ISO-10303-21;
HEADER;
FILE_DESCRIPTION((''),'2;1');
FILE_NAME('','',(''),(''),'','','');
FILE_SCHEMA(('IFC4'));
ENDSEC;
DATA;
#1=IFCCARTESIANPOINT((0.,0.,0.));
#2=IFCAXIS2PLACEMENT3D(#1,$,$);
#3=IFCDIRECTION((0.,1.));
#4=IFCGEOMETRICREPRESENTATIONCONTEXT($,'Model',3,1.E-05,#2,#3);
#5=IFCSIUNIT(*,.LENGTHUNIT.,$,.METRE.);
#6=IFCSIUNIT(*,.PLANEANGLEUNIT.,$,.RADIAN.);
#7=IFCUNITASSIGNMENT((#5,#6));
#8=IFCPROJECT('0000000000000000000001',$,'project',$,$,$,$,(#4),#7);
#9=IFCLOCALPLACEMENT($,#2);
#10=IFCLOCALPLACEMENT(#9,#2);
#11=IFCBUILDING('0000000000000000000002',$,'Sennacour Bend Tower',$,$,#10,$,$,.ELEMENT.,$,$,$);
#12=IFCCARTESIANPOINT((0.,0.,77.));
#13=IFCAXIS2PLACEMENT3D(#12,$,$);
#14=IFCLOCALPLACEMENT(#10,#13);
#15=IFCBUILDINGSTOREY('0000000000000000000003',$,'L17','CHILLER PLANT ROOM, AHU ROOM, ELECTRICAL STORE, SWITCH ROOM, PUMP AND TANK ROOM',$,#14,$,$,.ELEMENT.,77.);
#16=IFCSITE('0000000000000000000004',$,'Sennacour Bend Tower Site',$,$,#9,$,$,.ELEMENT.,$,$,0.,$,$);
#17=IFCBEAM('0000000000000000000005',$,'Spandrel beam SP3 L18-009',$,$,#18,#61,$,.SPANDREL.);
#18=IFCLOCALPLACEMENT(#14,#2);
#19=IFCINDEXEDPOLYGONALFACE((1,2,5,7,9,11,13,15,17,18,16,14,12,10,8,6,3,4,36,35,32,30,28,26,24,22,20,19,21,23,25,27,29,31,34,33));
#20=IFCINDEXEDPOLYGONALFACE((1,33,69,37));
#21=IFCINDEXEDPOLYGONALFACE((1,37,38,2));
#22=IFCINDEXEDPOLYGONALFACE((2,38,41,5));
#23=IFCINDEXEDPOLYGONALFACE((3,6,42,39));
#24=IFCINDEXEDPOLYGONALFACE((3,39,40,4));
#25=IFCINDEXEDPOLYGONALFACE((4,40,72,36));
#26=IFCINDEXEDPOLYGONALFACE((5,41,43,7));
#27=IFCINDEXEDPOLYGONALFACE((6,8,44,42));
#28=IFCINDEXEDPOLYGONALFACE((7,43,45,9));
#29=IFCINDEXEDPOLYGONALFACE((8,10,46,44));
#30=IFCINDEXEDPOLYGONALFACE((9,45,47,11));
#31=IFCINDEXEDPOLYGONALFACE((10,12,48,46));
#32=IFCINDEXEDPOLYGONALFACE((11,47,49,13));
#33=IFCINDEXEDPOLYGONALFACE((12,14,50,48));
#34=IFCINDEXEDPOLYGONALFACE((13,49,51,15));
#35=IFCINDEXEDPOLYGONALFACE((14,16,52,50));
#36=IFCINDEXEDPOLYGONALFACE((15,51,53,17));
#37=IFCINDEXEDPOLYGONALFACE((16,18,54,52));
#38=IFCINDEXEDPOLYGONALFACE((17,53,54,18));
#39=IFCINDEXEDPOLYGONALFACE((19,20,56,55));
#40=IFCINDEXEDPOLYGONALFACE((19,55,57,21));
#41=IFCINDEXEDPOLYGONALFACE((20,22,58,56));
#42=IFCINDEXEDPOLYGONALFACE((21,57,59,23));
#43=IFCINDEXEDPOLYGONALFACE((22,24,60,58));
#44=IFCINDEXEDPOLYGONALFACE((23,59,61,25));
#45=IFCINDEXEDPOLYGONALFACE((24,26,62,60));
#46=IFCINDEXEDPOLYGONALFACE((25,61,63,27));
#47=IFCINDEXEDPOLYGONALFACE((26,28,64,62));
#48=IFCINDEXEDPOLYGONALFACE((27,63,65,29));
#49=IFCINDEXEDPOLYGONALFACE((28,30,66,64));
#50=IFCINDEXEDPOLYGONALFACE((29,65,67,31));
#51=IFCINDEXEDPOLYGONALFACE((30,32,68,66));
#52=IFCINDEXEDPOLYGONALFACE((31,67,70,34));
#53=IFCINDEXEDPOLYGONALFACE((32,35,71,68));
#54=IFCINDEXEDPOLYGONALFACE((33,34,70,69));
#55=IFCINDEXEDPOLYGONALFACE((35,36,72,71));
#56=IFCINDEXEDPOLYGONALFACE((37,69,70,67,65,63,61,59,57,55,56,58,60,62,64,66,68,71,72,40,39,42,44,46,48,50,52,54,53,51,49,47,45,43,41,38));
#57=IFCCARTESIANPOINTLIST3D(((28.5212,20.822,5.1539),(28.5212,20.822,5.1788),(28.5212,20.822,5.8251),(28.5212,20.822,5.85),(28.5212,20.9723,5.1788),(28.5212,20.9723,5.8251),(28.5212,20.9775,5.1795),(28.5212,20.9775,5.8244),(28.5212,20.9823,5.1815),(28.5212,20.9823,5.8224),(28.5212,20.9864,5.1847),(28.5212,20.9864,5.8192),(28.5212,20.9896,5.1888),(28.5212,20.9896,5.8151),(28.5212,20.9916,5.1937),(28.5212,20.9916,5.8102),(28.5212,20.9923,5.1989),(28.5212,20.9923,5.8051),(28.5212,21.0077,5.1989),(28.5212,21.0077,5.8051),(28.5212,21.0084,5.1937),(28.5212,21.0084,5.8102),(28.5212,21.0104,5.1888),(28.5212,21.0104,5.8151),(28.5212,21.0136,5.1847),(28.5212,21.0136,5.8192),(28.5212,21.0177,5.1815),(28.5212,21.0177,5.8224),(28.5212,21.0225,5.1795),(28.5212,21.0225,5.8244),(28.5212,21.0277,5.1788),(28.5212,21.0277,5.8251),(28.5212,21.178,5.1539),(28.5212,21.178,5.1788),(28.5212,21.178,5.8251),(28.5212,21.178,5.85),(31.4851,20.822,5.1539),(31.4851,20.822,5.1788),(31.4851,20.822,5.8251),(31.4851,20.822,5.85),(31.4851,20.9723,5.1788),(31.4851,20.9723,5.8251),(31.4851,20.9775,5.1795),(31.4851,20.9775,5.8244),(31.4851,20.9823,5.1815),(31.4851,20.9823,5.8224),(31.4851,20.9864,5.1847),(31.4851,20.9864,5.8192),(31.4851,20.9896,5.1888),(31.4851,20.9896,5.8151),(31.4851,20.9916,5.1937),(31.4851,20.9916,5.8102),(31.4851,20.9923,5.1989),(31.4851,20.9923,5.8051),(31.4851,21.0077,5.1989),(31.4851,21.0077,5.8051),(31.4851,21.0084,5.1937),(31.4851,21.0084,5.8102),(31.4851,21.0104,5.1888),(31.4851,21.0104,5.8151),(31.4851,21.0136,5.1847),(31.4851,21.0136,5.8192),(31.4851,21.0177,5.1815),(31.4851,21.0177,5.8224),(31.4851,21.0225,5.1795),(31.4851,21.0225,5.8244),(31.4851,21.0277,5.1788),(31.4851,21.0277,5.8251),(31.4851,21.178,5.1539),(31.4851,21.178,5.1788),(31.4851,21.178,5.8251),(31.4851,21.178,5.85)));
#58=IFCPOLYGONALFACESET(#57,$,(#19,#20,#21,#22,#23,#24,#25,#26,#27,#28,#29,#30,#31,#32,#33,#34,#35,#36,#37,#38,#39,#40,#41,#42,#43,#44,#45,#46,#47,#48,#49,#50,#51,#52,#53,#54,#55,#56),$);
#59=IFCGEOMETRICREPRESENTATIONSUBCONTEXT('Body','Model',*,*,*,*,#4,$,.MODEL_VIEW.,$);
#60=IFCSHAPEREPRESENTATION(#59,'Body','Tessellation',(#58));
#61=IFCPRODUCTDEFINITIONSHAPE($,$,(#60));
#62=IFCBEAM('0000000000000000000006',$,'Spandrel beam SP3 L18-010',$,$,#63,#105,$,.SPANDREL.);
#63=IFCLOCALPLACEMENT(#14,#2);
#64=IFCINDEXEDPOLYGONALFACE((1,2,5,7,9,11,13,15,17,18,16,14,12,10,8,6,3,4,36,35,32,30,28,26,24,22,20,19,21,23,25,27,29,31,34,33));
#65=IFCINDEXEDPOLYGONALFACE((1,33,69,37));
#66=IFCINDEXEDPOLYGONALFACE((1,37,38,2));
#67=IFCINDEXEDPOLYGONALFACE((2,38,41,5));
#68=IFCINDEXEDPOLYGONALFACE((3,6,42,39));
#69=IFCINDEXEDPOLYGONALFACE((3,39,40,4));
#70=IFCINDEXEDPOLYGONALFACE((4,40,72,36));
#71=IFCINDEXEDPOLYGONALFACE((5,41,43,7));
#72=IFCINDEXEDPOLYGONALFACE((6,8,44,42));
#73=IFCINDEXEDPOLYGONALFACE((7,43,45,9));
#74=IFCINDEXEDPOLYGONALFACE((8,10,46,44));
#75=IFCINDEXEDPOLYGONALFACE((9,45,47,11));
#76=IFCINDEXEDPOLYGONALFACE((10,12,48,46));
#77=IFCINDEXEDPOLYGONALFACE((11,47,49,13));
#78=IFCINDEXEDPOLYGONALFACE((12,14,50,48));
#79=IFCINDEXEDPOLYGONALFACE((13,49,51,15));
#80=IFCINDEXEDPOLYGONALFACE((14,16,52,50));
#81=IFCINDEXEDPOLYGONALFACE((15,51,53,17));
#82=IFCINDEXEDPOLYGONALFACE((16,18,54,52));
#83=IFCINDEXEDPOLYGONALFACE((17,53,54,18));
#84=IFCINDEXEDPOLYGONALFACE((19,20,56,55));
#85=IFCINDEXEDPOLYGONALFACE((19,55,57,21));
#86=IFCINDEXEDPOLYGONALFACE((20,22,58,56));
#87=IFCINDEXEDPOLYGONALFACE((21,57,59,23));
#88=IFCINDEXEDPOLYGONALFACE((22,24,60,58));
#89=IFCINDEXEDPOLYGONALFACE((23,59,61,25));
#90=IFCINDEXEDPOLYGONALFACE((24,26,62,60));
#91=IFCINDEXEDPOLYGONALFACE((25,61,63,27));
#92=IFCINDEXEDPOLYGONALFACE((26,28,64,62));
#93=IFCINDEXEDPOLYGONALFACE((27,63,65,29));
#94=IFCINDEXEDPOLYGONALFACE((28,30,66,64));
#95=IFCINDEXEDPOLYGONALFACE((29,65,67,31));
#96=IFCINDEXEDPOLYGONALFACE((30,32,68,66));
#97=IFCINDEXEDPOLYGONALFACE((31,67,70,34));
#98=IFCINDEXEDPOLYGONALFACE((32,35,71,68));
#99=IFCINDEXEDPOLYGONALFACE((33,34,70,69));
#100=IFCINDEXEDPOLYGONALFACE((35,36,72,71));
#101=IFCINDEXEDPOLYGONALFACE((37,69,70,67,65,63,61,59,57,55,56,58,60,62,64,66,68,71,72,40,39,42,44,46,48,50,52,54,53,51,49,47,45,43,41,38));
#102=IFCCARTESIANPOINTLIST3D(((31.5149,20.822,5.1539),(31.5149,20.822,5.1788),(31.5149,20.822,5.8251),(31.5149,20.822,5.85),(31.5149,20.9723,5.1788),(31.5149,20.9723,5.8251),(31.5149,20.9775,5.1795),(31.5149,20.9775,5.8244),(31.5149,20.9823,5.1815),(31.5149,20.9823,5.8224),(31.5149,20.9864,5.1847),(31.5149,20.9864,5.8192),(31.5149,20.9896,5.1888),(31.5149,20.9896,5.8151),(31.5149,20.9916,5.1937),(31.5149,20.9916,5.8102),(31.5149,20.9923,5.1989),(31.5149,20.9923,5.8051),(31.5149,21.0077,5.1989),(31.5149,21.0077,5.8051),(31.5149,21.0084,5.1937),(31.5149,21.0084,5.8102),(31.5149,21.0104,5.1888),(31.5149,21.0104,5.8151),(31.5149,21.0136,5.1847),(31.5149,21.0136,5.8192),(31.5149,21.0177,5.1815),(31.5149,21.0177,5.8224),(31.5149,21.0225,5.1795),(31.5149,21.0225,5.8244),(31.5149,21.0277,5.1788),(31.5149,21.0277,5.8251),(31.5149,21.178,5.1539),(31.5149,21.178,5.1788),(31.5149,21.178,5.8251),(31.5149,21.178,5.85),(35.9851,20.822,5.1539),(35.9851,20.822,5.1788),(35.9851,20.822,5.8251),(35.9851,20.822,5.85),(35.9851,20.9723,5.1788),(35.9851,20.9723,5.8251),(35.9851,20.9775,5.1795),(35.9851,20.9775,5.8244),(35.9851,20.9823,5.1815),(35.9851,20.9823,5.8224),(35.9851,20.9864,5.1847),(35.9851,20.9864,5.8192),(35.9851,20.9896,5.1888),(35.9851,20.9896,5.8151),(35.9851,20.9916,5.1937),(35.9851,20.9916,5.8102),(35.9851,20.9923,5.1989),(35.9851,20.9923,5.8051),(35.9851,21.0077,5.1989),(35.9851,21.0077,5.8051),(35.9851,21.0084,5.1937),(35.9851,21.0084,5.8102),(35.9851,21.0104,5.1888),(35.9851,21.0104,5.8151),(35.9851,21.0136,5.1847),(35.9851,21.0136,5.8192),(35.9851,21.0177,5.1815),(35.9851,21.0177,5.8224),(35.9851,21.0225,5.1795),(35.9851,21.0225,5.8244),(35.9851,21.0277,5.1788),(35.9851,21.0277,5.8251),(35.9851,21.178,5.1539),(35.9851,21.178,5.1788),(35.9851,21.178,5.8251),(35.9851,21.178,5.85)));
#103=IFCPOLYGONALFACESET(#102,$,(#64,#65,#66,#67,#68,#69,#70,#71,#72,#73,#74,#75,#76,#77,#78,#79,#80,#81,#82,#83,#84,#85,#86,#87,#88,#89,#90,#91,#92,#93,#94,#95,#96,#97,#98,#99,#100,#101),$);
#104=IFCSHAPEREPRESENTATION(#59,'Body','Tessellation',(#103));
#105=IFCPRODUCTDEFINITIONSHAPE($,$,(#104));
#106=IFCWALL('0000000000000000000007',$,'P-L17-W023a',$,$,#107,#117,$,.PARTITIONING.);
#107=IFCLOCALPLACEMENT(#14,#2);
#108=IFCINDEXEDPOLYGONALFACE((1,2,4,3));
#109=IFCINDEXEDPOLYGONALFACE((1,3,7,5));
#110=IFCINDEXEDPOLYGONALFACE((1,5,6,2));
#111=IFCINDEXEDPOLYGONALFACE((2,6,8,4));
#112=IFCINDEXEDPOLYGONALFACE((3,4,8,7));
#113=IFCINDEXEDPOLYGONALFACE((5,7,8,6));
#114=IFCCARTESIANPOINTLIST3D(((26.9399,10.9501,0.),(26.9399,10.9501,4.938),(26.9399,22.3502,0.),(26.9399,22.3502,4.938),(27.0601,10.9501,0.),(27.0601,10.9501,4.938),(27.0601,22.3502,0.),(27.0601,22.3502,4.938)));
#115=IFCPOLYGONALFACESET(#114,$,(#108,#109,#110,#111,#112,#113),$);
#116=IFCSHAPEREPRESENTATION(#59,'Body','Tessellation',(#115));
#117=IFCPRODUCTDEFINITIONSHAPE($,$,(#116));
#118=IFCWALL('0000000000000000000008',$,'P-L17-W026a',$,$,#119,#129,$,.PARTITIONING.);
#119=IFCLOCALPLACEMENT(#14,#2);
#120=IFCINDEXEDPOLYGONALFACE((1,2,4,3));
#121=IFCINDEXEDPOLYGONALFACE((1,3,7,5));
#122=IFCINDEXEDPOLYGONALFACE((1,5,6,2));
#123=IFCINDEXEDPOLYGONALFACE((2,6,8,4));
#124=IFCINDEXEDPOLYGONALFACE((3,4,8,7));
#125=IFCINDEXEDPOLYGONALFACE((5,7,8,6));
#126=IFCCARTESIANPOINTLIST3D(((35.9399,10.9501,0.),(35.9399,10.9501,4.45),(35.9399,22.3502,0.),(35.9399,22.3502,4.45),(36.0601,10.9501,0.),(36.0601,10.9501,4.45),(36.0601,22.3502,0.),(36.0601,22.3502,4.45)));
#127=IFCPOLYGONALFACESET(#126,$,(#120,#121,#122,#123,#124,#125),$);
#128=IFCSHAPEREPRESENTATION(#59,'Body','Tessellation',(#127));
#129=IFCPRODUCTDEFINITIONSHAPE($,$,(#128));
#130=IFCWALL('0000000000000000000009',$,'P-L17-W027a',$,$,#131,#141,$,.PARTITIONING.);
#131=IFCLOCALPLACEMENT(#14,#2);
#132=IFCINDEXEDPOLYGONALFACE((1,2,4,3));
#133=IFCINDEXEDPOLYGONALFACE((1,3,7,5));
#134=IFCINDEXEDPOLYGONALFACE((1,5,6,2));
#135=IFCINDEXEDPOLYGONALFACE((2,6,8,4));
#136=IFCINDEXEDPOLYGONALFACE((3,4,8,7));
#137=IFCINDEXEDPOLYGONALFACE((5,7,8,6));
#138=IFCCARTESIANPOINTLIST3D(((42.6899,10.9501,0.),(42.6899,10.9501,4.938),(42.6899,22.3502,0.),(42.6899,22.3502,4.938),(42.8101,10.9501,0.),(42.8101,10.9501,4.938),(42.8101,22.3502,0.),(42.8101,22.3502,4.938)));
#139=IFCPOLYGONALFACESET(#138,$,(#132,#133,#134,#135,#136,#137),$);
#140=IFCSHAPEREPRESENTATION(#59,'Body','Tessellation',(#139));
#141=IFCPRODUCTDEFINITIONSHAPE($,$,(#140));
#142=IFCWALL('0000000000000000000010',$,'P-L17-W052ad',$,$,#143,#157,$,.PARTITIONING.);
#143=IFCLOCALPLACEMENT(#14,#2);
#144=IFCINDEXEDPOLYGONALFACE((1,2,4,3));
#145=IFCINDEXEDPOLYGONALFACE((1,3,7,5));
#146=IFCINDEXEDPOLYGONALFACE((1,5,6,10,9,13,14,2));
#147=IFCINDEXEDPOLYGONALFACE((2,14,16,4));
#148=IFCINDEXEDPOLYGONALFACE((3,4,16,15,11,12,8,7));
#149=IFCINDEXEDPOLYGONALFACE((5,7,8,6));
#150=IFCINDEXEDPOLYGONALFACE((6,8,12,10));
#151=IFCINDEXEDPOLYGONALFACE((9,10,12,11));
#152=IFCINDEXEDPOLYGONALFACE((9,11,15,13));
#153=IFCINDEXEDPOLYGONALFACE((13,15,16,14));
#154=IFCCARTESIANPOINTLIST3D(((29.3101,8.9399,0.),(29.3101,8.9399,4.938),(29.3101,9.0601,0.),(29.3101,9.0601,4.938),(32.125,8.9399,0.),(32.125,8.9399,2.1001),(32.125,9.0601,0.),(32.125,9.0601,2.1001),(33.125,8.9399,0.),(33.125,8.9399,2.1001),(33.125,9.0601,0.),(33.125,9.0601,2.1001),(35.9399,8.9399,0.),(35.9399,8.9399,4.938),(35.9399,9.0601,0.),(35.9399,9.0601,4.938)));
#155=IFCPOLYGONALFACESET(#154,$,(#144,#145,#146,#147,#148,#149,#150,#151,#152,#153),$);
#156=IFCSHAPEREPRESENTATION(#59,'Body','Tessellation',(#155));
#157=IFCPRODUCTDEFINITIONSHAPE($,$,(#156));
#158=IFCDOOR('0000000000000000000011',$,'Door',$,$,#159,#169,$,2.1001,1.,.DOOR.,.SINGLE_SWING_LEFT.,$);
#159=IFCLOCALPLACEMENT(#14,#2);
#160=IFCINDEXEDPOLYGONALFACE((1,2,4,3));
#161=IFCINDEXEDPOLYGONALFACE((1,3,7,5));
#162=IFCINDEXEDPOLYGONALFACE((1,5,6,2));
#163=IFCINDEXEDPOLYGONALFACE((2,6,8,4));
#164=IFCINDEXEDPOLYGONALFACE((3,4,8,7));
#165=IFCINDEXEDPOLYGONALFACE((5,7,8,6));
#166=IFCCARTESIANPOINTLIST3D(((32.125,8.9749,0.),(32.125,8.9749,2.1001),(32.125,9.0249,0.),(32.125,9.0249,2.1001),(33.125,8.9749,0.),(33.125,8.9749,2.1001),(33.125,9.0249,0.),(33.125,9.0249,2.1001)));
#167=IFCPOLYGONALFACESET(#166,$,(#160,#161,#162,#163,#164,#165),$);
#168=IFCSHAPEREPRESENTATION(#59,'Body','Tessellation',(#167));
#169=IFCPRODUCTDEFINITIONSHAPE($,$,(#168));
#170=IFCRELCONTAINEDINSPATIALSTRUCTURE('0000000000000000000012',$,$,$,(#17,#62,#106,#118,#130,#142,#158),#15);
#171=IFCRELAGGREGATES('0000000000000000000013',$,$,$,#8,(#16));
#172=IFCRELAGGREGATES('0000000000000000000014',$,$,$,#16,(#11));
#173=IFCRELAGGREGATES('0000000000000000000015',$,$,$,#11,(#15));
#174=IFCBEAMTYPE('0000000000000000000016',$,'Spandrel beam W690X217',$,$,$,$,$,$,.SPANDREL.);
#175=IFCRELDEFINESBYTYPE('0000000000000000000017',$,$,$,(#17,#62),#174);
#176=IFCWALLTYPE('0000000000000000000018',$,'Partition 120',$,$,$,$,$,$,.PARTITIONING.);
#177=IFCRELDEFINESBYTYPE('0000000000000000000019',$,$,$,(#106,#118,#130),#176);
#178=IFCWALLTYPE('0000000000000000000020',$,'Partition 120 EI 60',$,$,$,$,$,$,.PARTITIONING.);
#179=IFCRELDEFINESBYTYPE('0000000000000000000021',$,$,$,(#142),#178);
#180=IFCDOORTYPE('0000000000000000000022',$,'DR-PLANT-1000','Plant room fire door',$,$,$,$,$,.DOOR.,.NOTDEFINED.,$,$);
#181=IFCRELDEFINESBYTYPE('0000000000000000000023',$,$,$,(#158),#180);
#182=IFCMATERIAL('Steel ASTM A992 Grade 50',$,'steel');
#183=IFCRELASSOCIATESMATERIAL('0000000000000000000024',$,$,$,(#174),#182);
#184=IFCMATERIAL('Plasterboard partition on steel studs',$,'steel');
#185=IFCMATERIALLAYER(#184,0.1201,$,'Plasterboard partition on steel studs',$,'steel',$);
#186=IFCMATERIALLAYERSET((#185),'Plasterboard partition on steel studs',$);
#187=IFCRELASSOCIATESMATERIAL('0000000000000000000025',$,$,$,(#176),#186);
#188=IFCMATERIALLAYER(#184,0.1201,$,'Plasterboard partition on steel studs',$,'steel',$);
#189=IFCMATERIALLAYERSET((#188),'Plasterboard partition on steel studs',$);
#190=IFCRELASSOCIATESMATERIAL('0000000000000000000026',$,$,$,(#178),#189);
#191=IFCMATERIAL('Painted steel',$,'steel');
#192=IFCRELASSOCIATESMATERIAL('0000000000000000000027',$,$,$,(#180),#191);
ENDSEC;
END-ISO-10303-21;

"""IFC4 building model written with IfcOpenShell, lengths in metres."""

from ifc_helpers import new_model, si_unit, direction, frame, frame_2d, origin, origin_2d, place, context, subcontext, project, spatial, rectangle, i_section, extrude, material, layer, layer_set, material_profile, profile_set, type_object, element, fill, save


model = new_model("IFC4")

# Units and contexts
model_context = context("Model", 3, precision=1e-05, world=origin(), true_north=direction((0.0, 1.0)))
body_context = subcontext(model_context, "Body", "Model", "MODEL_VIEW")
ifc_project = project(units=[si_unit("LENGTHUNIT", "METRE"), si_unit("PLANEANGLEUNIT", "RADIAN")], contexts=[model_context])

# Site, building, storey
site_placement = place(None, origin())
site = spatial("IfcSite", under=ifc_project, at=site_placement, Name="Sennacour Bend Tower Site", CompositionType="ELEMENT", RefElevation=0.0)
building_placement = place(site_placement, origin())
building = spatial("IfcBuilding", under=site, at=building_placement, Name="Sennacour Bend Tower", CompositionType="ELEMENT")
storey_placement = place(building_placement, frame((0.0, 0.0, 77.0)))
storey = spatial("IfcBuildingStorey", under=building, at=storey_placement, Name="L17", Description="CHILLER PLANT ROOM, AHU ROOM, ELECTRICAL STORE, SWITCH ROOM, PUMP AND TANK ROOM", CompositionType="ELEMENT", Elevation=77.0)

# Beams
ifc_material_1 = material(Name="Steel ASTM A992 Grade 50", Category="steel")
ifc_material_profile = material_profile(ifc_material_1, i_section(OverallWidth=0.356, OverallDepth=0.696, WebThickness=0.0154, FlangeThickness=0.0249, FilletRadius=0.02, at=origin_2d()), Name="Steel ASTM A992 Grade 50", Category="steel")
ifc_profile_set = profile_set([ifc_material_profile], Name="Steel ASTM A992 Grade 50")
beam_type = type_object("IfcBeamType", Name="Spandrel beam W690X217", PredefinedType="SPANDREL", material=ifc_profile_set)
beam_1_placement = place(storey_placement, frame((28.5212, 21.0, 5.502), z_axis=(1.0, 0.0, 0.0), x_axis=(0.0, 1.0, 0.0)))
element("IfcBeam", 1, at=beam_1_placement, inside=storey, type_object=beam_type, Name="Spandrel beam SP3 L18-009", PredefinedType="SPANDREL", context=body_context, shape_type="SweptSolid", body=[
    extrude(i_section(OverallWidth=0.356, OverallDepth=0.696, WebThickness=0.0154, FlangeThickness=0.0249, FilletRadius=0.02, at=origin_2d()), origin(), (0.0, 0.0, 1.0), 2.9639),
])
beam_2_placement = place(storey_placement, frame((31.5149, 21.0, 5.502), z_axis=(1.0, 0.0, 0.0), x_axis=(0.0, 1.0, 0.0)))
element("IfcBeam", 2, at=beam_2_placement, inside=storey, type_object=beam_type, Name="Spandrel beam SP3 L18-010", PredefinedType="SPANDREL", context=body_context, shape_type="SweptSolid", body=[
    extrude(i_section(OverallWidth=0.356, OverallDepth=0.696, WebThickness=0.0154, FlangeThickness=0.0249, FilletRadius=0.02, at=origin_2d()), origin(), (0.0, 0.0, 1.0), 4.4702),
])

# Walls
ifc_material_2 = material(Name="Plasterboard partition on steel studs", Category="steel")
ifc_layer_1 = layer(ifc_material_2, 0.1201, Name="Plasterboard partition on steel studs", Category="steel")
ifc_layer_set_1 = layer_set([ifc_layer_1], Name="Plasterboard partition on steel studs")
wall_type_1 = type_object("IfcWallType", Name="Partition 120", PredefinedType="PARTITIONING", material=ifc_layer_set_1)
wall_1_placement = place(storey_placement, frame((27.0, 10.95, 0.0), z_axis=(0.0, 0.0, 1.0), x_axis=(0.0, 1.0, 0.0)))
element("IfcWall", 3, at=wall_1_placement, inside=storey, type_object=wall_type_1, Name="P-L17-W023a", PredefinedType="PARTITIONING", context=body_context, shape_type="SweptSolid", body=[
    extrude(rectangle(XDim=11.4001, YDim=0.1201, at=frame_2d((5.7002, 0.0))), origin(), (0.0, 0.0, 1.0), 4.938),
])
wall_2_placement = place(storey_placement, frame((36.0, 10.95, 0.0), z_axis=(0.0, 0.0, 1.0), x_axis=(0.0, 1.0, 0.0)))
element("IfcWall", 4, at=wall_2_placement, inside=storey, type_object=wall_type_1, Name="P-L17-W026a", PredefinedType="PARTITIONING", context=body_context, shape_type="SweptSolid", body=[
    extrude(rectangle(XDim=11.4001, YDim=0.1201, at=frame_2d((5.7002, 0.0))), origin(), (0.0, 0.0, 1.0), 4.45),
])
wall_3_placement = place(storey_placement, frame((42.75, 10.95, 0.0), z_axis=(0.0, 0.0, 1.0), x_axis=(0.0, 1.0, 0.0)))
element("IfcWall", 5, at=wall_3_placement, inside=storey, type_object=wall_type_1, Name="P-L17-W027a", PredefinedType="PARTITIONING", context=body_context, shape_type="SweptSolid", body=[
    extrude(rectangle(XDim=11.4001, YDim=0.1201, at=frame_2d((5.7002, 0.0))), origin(), (0.0, 0.0, 1.0), 4.938),
])

# Wall, opening, door
ifc_layer_2 = layer(ifc_material_2, 0.1201, Name="Plasterboard partition on steel studs", Category="steel")
ifc_layer_set_2 = layer_set([ifc_layer_2], Name="Plasterboard partition on steel studs")
wall_type_2 = type_object("IfcWallType", Name="Partition 120 EI 60", PredefinedType="PARTITIONING", material=ifc_layer_set_2)
wall_4_placement = place(storey_placement, frame((29.3101, 9.0, 0.0), z_axis=(0.0, 0.0, 1.0), x_axis=(1.0, 0.0, 0.0)))
wall_4 = element("IfcWall", 6, at=wall_4_placement, inside=storey, type_object=wall_type_2, Name="P-L17-W052ad", PredefinedType="PARTITIONING", context=body_context, shape_type="SweptSolid", body=[
    extrude(rectangle(XDim=6.6299, YDim=0.1201, at=frame_2d((3.3149, 0.0))), origin(), (0.0, 0.0, 1.0), 4.938),
])
opening_1_placement = place(wall_4_placement, frame((2.8149, 0.0, 0.0)))
opening_1 = element("IfcOpeningElement", 7, at=opening_1_placement, cuts=wall_4, PredefinedType="OPENING", context=body_context, shape_type="SweptSolid", body=[
    extrude(rectangle(XDim=1.0, YDim=2.1001, at=frame_2d((0.5, 1.05))), frame((0.0, 0.0701, 0.0), z_axis=(0.0, -1.0, 0.0), x_axis=(1.0, 0.0, 0.0)), (0.0, 0.0, 1.0), 0.1401),
])
ifc_material_3 = material(Name="Painted steel", Category="steel")
door_type_1 = type_object("IfcDoorType", Name="DR-PLANT-1000", Description="Plant room fire door", OperationType="NOTDEFINED", PredefinedType="DOOR", material=ifc_material_3)
door_1_placement = place(opening_1_placement, origin())
door_1 = element("IfcDoor", 8, at=door_1_placement, inside=storey, type_object=door_type_1, Name="Door", OperationType="SINGLE_SWING_LEFT", OverallHeight=2.1001, OverallWidth=1.0, PredefinedType="DOOR", context=body_context, shape_type="SweptSolid", body=[
    extrude(rectangle(XDim=1.0, YDim=2.1001, at=frame_2d((0.5, 1.05))), frame((0.0, 0.0249, 0.0), z_axis=(0.0, -1.0, 0.0), x_axis=(1.0, 0.0, 0.0)), (0.0, 0.0, 1.0), 0.05),
])
fill(opening_1, door_1)

save(model, "model.ifc")
